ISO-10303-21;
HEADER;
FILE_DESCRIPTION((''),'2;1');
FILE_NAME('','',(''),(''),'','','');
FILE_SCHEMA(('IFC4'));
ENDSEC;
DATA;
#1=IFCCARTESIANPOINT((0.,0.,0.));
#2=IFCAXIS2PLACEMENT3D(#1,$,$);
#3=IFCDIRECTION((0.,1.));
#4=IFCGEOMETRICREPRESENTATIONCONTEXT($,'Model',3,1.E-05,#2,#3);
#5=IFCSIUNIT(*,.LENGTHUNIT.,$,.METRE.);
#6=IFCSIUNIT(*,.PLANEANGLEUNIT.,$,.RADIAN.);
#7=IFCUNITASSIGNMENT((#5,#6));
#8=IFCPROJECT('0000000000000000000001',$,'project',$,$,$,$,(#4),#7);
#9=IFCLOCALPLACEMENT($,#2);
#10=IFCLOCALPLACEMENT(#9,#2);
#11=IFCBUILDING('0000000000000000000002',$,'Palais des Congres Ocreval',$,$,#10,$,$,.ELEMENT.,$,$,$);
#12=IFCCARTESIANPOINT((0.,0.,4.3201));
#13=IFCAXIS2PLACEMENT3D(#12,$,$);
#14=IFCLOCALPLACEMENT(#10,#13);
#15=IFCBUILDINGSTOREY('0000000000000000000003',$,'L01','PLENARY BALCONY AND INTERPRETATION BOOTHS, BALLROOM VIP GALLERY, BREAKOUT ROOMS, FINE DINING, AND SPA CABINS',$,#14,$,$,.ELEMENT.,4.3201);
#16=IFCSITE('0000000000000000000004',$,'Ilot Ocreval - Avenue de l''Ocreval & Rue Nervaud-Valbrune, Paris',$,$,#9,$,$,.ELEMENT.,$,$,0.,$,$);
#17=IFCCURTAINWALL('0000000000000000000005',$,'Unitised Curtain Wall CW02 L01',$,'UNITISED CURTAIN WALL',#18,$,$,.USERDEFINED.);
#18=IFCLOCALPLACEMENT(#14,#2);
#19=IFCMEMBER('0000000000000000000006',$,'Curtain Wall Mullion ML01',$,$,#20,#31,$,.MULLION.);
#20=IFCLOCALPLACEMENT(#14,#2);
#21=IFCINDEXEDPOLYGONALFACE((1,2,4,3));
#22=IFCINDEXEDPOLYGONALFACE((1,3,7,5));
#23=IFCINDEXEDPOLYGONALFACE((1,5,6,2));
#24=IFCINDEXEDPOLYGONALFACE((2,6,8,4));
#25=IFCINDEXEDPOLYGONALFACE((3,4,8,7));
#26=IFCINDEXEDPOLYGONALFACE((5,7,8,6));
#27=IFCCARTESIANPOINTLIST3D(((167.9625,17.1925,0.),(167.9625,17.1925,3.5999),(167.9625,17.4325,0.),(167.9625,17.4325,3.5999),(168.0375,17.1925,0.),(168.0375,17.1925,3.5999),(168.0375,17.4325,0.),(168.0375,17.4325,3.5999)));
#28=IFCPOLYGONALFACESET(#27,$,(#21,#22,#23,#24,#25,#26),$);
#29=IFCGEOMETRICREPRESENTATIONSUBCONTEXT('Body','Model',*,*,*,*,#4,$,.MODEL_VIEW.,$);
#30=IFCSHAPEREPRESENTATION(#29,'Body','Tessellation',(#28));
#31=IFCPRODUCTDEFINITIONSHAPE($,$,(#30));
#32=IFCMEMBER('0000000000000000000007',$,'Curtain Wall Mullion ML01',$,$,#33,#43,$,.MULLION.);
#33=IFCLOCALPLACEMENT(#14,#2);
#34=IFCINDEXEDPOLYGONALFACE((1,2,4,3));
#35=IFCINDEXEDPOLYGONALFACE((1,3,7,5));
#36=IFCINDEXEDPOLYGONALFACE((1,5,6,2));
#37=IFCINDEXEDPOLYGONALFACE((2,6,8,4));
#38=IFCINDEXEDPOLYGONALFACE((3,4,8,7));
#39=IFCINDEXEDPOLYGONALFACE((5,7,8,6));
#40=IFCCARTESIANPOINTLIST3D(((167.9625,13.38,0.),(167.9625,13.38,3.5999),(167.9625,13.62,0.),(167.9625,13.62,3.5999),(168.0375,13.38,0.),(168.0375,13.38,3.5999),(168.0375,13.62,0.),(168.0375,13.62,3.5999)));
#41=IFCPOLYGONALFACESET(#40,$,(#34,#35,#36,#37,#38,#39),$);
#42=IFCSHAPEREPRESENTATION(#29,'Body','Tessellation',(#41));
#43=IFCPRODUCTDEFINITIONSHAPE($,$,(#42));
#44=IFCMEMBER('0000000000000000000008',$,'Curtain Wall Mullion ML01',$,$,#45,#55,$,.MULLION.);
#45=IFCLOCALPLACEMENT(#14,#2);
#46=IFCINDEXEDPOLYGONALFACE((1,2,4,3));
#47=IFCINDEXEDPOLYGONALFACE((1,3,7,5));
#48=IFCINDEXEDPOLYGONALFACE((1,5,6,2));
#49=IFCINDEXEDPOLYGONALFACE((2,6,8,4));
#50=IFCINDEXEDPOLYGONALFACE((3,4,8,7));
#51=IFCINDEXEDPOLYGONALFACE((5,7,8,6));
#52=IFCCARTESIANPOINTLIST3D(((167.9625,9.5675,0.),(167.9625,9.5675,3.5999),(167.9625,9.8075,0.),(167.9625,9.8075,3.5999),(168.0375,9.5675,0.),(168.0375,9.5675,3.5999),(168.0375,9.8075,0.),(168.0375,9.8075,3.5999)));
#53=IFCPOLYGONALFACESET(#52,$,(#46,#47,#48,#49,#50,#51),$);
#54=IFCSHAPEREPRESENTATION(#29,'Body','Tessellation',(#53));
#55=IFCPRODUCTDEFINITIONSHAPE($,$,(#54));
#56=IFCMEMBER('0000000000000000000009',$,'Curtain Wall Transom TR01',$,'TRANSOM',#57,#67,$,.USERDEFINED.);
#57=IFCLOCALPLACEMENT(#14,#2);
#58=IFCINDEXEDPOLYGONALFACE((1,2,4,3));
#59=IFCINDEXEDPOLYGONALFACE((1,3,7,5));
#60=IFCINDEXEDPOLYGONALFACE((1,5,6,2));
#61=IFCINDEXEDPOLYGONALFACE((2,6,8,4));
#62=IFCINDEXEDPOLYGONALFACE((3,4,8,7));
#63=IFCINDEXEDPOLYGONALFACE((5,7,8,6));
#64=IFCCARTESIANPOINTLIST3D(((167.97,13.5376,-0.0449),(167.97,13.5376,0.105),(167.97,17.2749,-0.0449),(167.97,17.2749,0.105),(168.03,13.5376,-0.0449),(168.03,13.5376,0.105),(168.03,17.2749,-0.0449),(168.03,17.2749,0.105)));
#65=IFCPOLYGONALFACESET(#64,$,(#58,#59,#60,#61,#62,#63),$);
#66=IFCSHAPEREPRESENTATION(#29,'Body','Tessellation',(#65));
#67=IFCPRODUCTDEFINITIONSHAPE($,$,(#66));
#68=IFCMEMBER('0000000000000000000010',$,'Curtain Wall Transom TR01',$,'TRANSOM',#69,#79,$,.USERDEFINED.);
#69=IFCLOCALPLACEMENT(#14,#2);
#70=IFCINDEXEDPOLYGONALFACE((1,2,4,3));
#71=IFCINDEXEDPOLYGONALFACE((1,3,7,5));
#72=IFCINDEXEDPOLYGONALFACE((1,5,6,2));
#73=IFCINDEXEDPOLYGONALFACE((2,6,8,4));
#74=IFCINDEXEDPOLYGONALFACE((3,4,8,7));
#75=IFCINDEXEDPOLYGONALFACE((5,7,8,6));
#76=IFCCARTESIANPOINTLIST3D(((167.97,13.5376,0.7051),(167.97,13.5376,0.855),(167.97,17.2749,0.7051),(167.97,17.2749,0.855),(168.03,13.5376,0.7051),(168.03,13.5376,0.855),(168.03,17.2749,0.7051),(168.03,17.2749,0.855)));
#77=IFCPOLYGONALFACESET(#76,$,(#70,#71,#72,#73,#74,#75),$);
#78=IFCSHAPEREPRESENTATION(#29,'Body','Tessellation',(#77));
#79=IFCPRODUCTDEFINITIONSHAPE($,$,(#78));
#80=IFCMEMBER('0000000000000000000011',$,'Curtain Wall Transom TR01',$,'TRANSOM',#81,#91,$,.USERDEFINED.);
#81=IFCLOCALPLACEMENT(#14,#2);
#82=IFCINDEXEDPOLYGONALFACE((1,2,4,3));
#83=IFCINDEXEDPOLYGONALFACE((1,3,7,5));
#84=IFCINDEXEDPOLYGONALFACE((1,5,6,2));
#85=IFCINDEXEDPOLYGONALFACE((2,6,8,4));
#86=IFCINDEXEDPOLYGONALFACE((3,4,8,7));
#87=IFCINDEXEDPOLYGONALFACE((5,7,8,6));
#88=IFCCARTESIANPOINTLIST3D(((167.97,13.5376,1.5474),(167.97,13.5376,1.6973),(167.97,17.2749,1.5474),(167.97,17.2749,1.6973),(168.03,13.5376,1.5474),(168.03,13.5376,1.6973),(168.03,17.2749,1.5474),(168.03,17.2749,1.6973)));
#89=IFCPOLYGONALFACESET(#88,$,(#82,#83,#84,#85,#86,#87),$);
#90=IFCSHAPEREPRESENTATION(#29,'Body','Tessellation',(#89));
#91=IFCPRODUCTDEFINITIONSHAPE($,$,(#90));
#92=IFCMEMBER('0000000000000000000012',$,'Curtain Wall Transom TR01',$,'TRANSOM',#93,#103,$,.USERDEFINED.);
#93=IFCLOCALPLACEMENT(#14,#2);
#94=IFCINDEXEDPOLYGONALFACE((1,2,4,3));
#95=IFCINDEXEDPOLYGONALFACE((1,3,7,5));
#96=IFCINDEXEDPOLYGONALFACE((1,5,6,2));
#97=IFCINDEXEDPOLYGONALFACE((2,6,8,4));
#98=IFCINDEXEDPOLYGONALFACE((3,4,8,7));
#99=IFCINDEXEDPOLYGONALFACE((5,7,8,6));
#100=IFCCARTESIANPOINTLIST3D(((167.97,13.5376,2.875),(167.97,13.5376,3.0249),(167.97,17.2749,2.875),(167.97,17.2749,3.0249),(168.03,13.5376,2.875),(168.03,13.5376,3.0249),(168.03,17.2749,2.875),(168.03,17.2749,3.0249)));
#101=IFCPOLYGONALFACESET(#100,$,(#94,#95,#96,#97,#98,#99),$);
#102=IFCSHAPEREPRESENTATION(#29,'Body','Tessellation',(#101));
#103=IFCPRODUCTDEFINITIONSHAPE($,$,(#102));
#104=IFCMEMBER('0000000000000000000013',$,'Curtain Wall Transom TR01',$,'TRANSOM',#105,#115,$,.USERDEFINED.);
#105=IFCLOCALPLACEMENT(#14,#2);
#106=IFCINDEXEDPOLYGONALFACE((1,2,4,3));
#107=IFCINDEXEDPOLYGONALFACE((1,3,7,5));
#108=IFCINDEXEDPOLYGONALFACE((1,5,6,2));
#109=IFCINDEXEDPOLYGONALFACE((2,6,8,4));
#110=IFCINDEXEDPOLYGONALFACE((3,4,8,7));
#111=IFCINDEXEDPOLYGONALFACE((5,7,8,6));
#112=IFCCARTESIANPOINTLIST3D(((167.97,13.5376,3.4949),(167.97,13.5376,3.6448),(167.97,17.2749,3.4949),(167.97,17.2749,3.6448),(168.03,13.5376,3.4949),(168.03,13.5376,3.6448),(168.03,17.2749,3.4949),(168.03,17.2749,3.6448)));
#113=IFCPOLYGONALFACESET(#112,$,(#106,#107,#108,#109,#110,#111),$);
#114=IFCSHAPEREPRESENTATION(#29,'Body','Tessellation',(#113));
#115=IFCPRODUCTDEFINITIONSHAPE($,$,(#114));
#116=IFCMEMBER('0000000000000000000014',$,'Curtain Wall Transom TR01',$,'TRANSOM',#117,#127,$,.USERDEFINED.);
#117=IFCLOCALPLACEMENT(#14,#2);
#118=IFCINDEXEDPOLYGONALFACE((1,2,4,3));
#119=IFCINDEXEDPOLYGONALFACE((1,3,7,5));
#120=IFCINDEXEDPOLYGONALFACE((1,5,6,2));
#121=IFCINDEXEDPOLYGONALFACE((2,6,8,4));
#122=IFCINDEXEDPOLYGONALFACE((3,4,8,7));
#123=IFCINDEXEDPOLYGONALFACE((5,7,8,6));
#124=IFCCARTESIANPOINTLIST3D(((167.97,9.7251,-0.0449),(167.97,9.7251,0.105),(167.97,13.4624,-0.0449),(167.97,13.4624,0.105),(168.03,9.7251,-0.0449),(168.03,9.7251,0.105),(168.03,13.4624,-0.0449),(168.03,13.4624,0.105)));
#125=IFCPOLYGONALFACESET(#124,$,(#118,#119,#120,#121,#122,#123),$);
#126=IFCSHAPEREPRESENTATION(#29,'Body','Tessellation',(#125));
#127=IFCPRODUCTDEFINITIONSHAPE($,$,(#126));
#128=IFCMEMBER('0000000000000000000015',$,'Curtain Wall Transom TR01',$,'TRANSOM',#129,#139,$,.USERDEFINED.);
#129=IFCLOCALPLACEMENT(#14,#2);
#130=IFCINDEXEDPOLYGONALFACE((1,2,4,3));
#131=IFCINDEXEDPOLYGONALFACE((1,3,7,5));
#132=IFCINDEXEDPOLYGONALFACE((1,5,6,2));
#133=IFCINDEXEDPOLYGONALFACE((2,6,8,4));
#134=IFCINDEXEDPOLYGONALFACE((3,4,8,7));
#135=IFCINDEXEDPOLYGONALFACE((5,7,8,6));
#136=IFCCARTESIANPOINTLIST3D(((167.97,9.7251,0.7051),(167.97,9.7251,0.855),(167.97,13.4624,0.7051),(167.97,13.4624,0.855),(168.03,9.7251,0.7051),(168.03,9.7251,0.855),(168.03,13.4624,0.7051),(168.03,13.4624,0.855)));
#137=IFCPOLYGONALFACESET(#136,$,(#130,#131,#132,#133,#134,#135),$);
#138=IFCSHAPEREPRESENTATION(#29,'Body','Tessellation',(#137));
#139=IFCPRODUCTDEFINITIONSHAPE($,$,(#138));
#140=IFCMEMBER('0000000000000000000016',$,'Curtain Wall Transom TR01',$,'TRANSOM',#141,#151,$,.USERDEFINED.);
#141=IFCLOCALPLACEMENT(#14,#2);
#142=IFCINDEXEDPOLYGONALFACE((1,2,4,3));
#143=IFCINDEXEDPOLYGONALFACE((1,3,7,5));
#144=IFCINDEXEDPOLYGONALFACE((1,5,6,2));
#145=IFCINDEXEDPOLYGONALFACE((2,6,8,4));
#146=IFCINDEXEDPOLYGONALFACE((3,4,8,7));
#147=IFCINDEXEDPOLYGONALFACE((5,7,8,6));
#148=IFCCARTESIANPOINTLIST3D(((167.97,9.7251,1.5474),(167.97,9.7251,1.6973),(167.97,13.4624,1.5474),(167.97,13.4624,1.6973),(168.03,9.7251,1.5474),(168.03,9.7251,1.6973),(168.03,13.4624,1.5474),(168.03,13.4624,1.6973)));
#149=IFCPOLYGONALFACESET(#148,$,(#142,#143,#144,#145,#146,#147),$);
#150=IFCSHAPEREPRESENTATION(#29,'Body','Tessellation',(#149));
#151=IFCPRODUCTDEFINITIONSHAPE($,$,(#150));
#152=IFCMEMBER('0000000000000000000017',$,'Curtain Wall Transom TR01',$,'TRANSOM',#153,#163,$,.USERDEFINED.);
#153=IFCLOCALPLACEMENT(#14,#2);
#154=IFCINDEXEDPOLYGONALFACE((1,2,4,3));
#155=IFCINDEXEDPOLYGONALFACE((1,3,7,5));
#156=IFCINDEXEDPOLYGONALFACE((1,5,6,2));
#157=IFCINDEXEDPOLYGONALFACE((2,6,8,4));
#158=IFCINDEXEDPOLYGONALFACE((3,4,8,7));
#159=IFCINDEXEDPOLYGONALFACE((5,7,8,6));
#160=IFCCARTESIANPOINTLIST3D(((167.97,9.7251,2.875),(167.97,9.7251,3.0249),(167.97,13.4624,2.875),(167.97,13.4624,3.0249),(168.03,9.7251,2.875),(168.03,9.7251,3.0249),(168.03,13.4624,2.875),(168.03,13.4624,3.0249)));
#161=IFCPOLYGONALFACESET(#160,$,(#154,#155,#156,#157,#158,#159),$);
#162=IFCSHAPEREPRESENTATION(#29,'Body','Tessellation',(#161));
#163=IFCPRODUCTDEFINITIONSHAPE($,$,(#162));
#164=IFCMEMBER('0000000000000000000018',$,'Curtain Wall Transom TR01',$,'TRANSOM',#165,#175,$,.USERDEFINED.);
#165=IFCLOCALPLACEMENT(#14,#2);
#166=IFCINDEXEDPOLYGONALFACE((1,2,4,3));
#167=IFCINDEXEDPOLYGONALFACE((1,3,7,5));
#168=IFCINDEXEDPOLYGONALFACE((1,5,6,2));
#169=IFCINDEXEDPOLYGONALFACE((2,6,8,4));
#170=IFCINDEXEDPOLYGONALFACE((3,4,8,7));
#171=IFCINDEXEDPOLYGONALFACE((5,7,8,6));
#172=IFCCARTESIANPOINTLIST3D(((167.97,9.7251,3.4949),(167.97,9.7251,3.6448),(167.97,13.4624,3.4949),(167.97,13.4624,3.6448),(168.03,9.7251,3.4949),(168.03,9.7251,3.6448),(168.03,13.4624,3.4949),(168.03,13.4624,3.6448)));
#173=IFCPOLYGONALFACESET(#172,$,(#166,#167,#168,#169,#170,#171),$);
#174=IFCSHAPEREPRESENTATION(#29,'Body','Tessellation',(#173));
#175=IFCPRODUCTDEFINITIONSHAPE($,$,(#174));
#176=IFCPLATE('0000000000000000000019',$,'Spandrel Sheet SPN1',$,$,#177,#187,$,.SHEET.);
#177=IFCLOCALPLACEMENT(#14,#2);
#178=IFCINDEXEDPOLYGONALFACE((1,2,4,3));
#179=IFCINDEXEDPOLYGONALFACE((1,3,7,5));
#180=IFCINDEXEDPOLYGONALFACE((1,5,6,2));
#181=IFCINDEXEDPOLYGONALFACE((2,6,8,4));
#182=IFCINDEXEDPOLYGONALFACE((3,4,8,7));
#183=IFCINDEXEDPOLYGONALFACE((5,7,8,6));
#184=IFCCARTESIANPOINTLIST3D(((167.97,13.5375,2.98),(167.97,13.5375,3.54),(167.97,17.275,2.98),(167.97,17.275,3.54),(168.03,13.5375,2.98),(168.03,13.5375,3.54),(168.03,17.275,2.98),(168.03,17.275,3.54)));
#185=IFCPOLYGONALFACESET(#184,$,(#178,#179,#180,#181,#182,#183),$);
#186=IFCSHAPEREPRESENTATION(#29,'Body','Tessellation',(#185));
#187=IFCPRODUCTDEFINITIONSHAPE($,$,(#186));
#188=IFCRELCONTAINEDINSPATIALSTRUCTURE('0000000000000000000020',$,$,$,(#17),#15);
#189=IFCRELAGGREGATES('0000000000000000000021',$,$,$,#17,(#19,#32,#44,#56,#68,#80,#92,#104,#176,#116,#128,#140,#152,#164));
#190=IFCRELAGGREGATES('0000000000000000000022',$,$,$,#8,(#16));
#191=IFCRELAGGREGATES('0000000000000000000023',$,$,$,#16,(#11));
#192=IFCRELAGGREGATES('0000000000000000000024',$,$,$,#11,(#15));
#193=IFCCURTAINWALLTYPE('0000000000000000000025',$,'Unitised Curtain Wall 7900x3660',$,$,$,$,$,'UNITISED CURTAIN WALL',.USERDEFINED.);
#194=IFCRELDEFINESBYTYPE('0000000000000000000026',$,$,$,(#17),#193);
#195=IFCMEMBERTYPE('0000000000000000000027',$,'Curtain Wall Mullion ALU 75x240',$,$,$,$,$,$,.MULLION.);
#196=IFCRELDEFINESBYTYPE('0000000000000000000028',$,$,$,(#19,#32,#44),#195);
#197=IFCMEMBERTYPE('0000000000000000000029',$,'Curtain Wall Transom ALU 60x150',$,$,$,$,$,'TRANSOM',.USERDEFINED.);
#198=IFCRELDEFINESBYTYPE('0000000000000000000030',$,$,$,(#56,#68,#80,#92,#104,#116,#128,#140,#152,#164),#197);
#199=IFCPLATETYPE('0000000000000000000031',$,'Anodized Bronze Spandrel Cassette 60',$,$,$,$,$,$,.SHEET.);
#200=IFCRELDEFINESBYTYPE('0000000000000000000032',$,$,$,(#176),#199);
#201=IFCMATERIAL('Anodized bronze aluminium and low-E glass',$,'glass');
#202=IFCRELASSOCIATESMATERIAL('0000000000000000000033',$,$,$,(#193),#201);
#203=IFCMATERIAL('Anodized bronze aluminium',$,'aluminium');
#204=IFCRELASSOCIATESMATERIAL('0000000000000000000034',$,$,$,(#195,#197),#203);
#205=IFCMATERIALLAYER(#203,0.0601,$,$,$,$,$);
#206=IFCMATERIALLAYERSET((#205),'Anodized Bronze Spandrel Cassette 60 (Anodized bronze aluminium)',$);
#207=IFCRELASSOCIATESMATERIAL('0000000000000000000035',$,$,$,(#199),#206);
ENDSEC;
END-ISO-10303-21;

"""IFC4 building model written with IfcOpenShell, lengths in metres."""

from ifc_helpers import new_model, si_unit, direction, frame, origin, origin_2d, place, context, subcontext, project, spatial, rectangle, extrude, material, layer, layer_set, material_profile, profile_set, type_object, element, aggregate, save


model = new_model("IFC4")

# Units and contexts
model_context = context("Model", 3, precision=1e-05, world=origin(), true_north=direction((0.0, 1.0)))
body_context = subcontext(model_context, "Body", "Model", "MODEL_VIEW")
ifc_project = project(units=[si_unit("LENGTHUNIT", "METRE"), si_unit("PLANEANGLEUNIT", "RADIAN")], contexts=[model_context])

# Site, building, storey
site_placement = place(None, origin())
site = spatial("IfcSite", under=ifc_project, at=site_placement, Name="Ilot Ocreval - Avenue de l'Ocreval & Rue Nervaud-Valbrune, Paris", CompositionType="ELEMENT", RefElevation=0.0)
building_placement = place(site_placement, origin())
building = spatial("IfcBuilding", under=site, at=building_placement, Name="Palais des Congres Ocreval", CompositionType="ELEMENT")
storey_placement = place(building_placement, frame((0.0, 0.0, 4.3201)))
storey = spatial("IfcBuildingStorey", under=building, at=storey_placement, Name="L01", Description="PLENARY BALCONY AND INTERPRETATION BOOTHS, BALLROOM VIP GALLERY, BREAKOUT ROOMS, FINE DINING, AND SPA CABINS", CompositionType="ELEMENT", Elevation=4.3201)

# Curtain wall, members, plate
ifc_material_1 = material(Name="Anodized bronze aluminium and low-E glass", Category="glass")
curtain_wall_type = type_object("IfcCurtainWallType", Name="Unitised Curtain Wall 7900x3660", ElementType="UNITISED CURTAIN WALL", PredefinedType="USERDEFINED", material=ifc_material_1)
curtain_wall_placement = place(storey_placement, origin())
curtain_wall = element("IfcCurtainWall", 1, at=curtain_wall_placement, inside=storey, type_object=curtain_wall_type, Name="Unitised Curtain Wall CW02 L01", ObjectType="UNITISED CURTAIN WALL", PredefinedType="USERDEFINED")
ifc_material_2 = material(Name="Anodized bronze aluminium", Category="aluminium")
ifc_material_profile_1 = material_profile(ifc_material_2, rectangle(XDim=0.075, YDim=0.24, at=origin_2d()), Name="ALU 75x240")
ifc_profile_set_1 = profile_set([ifc_material_profile_1], Name="Anodized bronze aluminium")
member_type_1 = type_object("IfcMemberType", Name="Curtain Wall Mullion ALU 75x240", PredefinedType="MULLION", material=ifc_profile_set_1)
member_1_placement = place(storey_placement, frame((168.0, 17.3125, 0.0), z_axis=(0.0, 0.0, 1.0), x_axis=(1.0, 0.0, 0.0)))
member_1 = element("IfcMember", 2, at=member_1_placement, type_object=member_type_1, Name="Curtain Wall Mullion ML01", PredefinedType="MULLION", context=body_context, shape_type="SweptSolid", body=[
    extrude(rectangle(XDim=0.075, YDim=0.24, at=origin_2d()), origin(), (0.0, 0.0, 1.0), 3.5999),
])
member_2_placement = place(storey_placement, frame((168.0, 13.5, 0.0), z_axis=(0.0, 0.0, 1.0), x_axis=(1.0, 0.0, 0.0)))
member_2 = element("IfcMember", 3, at=member_2_placement, type_object=member_type_1, Name="Curtain Wall Mullion ML01", PredefinedType="MULLION", context=body_context, shape_type="SweptSolid", body=[
    extrude(rectangle(XDim=0.075, YDim=0.24, at=origin_2d()), origin(), (0.0, 0.0, 1.0), 3.5999),
])
member_3_placement = place(storey_placement, frame((168.0, 9.6875, 0.0), z_axis=(0.0, 0.0, 1.0), x_axis=(1.0, 0.0, 0.0)))
member_3 = element("IfcMember", 4, at=member_3_placement, type_object=member_type_1, Name="Curtain Wall Mullion ML01", PredefinedType="MULLION", context=body_context, shape_type="SweptSolid", body=[
    extrude(rectangle(XDim=0.075, YDim=0.24, at=origin_2d()), origin(), (0.0, 0.0, 1.0), 3.5999),
])
ifc_material_profile_2 = material_profile(ifc_material_2, rectangle(XDim=0.0601, YDim=0.1499, at=origin_2d()), Name="ALU 60x150")
ifc_profile_set_2 = profile_set([ifc_material_profile_2], Name="Anodized bronze aluminium")
member_type_2 = type_object("IfcMemberType", Name="Curtain Wall Transom ALU 60x150", ElementType="TRANSOM", PredefinedType="USERDEFINED", material=ifc_profile_set_2)
member_4_placement = place(storey_placement, frame((168.0, 17.2749, 0.03), z_axis=(0.0, -1.0, 0.0), x_axis=(1.0, 0.0, 0.0)))
member_4 = element("IfcMember", 5, at=member_4_placement, type_object=member_type_2, Name="Curtain Wall Transom TR01", ObjectType="TRANSOM", PredefinedType="USERDEFINED", context=body_context, shape_type="SweptSolid", body=[
    extrude(rectangle(XDim=0.0601, YDim=0.1499, at=origin_2d()), origin(), (0.0, 0.0, 1.0), 3.7373),
])
member_5_placement = place(storey_placement, frame((168.0, 17.2749, 0.78), z_axis=(0.0, -1.0, 0.0), x_axis=(1.0, 0.0, 0.0)))
member_5 = element("IfcMember", 6, at=member_5_placement, type_object=member_type_2, Name="Curtain Wall Transom TR01", ObjectType="TRANSOM", PredefinedType="USERDEFINED", context=body_context, shape_type="SweptSolid", body=[
    extrude(rectangle(XDim=0.0601, YDim=0.1499, at=origin_2d()), origin(), (0.0, 0.0, 1.0), 3.7373),
])
member_6_placement = place(storey_placement, frame((168.0, 17.2749, 1.6223), z_axis=(0.0, -1.0, 0.0), x_axis=(1.0, 0.0, 0.0)))
member_6 = element("IfcMember", 7, at=member_6_placement, type_object=member_type_2, Name="Curtain Wall Transom TR01", ObjectType="TRANSOM", PredefinedType="USERDEFINED", context=body_context, shape_type="SweptSolid", body=[
    extrude(rectangle(XDim=0.0601, YDim=0.1499, at=origin_2d()), origin(), (0.0, 0.0, 1.0), 3.7373),
])
member_7_placement = place(storey_placement, frame((168.0, 17.2749, 2.95), z_axis=(0.0, -1.0, 0.0), x_axis=(1.0, 0.0, 0.0)))
member_7 = element("IfcMember", 8, at=member_7_placement, type_object=member_type_2, Name="Curtain Wall Transom TR01", ObjectType="TRANSOM", PredefinedType="USERDEFINED", context=body_context, shape_type="SweptSolid", body=[
    extrude(rectangle(XDim=0.0601, YDim=0.1499, at=origin_2d()), origin(), (0.0, 0.0, 1.0), 3.7373),
])
member_8_placement = place(storey_placement, frame((168.0, 17.2749, 3.5698), z_axis=(0.0, -1.0, 0.0), x_axis=(1.0, 0.0, 0.0)))
member_8 = element("IfcMember", 9, at=member_8_placement, type_object=member_type_2, Name="Curtain Wall Transom TR01", ObjectType="TRANSOM", PredefinedType="USERDEFINED", context=body_context, shape_type="SweptSolid", body=[
    extrude(rectangle(XDim=0.0601, YDim=0.1499, at=origin_2d()), origin(), (0.0, 0.0, 1.0), 3.7373),
])
member_9_placement = place(storey_placement, frame((168.0, 13.4624, 0.03), z_axis=(0.0, -1.0, 0.0), x_axis=(1.0, 0.0, 0.0)))
member_9 = element("IfcMember", 10, at=member_9_placement, type_object=member_type_2, Name="Curtain Wall Transom TR01", ObjectType="TRANSOM", PredefinedType="USERDEFINED", context=body_context, shape_type="SweptSolid", body=[
    extrude(rectangle(XDim=0.0601, YDim=0.1499, at=origin_2d()), origin(), (0.0, 0.0, 1.0), 3.7373),
])
member_10_placement = place(storey_placement, frame((168.0, 13.4624, 0.78), z_axis=(0.0, -1.0, 0.0), x_axis=(1.0, 0.0, 0.0)))
member_10 = element("IfcMember", 11, at=member_10_placement, type_object=member_type_2, Name="Curtain Wall Transom TR01", ObjectType="TRANSOM", PredefinedType="USERDEFINED", context=body_context, shape_type="SweptSolid", body=[
    extrude(rectangle(XDim=0.0601, YDim=0.1499, at=origin_2d()), origin(), (0.0, 0.0, 1.0), 3.7373),
])
member_11_placement = place(storey_placement, frame((168.0, 13.4624, 1.6223), z_axis=(0.0, -1.0, 0.0), x_axis=(1.0, 0.0, 0.0)))
member_11 = element("IfcMember", 12, at=member_11_placement, type_object=member_type_2, Name="Curtain Wall Transom TR01", ObjectType="TRANSOM", PredefinedType="USERDEFINED", context=body_context, shape_type="SweptSolid", body=[
    extrude(rectangle(XDim=0.0601, YDim=0.1499, at=origin_2d()), origin(), (0.0, 0.0, 1.0), 3.7373),
])
member_12_placement = place(storey_placement, frame((168.0, 13.4624, 2.95), z_axis=(0.0, -1.0, 0.0), x_axis=(1.0, 0.0, 0.0)))
member_12 = element("IfcMember", 13, at=member_12_placement, type_object=member_type_2, Name="Curtain Wall Transom TR01", ObjectType="TRANSOM", PredefinedType="USERDEFINED", context=body_context, shape_type="SweptSolid", body=[
    extrude(rectangle(XDim=0.0601, YDim=0.1499, at=origin_2d()), origin(), (0.0, 0.0, 1.0), 3.7373),
])
member_13_placement = place(storey_placement, frame((168.0, 13.4624, 3.5698), z_axis=(0.0, -1.0, 0.0), x_axis=(1.0, 0.0, 0.0)))
member_13 = element("IfcMember", 14, at=member_13_placement, type_object=member_type_2, Name="Curtain Wall Transom TR01", ObjectType="TRANSOM", PredefinedType="USERDEFINED", context=body_context, shape_type="SweptSolid", body=[
    extrude(rectangle(XDim=0.0601, YDim=0.1499, at=origin_2d()), origin(), (0.0, 0.0, 1.0), 3.7373),
])
ifc_layer_1 = layer(ifc_material_2, 0.0601)
ifc_layer_set_1 = layer_set([ifc_layer_1], Name="Anodized Bronze Spandrel Cassette 60 (Anodized bronze aluminium)")
plate_type_1 = type_object("IfcPlateType", Name="Anodized Bronze Spandrel Cassette 60", PredefinedType="SHEET", material=ifc_layer_set_1)
plate_1_placement = place(storey_placement, frame((168.0, 15.4062, 2.98), z_axis=(0.0, 0.0, 1.0), x_axis=(0.0, -1.0, 0.0)))
plate_1 = element("IfcPlate", 15, at=plate_1_placement, type_object=plate_type_1, Name="Spandrel Sheet SPN1", PredefinedType="SHEET", context=body_context, shape_type="SweptSolid", body=[
    extrude(rectangle(XDim=3.7375, YDim=0.0601, at=origin_2d()), origin(), (0.0, 0.0, 1.0), 0.5601),
])
aggregate(curtain_wall, [member_1, member_2, member_3, member_4, member_5, member_6, member_7, member_8, plate_1, member_9, member_10, member_11, member_12, member_13])

save(model, "model.ifc")
